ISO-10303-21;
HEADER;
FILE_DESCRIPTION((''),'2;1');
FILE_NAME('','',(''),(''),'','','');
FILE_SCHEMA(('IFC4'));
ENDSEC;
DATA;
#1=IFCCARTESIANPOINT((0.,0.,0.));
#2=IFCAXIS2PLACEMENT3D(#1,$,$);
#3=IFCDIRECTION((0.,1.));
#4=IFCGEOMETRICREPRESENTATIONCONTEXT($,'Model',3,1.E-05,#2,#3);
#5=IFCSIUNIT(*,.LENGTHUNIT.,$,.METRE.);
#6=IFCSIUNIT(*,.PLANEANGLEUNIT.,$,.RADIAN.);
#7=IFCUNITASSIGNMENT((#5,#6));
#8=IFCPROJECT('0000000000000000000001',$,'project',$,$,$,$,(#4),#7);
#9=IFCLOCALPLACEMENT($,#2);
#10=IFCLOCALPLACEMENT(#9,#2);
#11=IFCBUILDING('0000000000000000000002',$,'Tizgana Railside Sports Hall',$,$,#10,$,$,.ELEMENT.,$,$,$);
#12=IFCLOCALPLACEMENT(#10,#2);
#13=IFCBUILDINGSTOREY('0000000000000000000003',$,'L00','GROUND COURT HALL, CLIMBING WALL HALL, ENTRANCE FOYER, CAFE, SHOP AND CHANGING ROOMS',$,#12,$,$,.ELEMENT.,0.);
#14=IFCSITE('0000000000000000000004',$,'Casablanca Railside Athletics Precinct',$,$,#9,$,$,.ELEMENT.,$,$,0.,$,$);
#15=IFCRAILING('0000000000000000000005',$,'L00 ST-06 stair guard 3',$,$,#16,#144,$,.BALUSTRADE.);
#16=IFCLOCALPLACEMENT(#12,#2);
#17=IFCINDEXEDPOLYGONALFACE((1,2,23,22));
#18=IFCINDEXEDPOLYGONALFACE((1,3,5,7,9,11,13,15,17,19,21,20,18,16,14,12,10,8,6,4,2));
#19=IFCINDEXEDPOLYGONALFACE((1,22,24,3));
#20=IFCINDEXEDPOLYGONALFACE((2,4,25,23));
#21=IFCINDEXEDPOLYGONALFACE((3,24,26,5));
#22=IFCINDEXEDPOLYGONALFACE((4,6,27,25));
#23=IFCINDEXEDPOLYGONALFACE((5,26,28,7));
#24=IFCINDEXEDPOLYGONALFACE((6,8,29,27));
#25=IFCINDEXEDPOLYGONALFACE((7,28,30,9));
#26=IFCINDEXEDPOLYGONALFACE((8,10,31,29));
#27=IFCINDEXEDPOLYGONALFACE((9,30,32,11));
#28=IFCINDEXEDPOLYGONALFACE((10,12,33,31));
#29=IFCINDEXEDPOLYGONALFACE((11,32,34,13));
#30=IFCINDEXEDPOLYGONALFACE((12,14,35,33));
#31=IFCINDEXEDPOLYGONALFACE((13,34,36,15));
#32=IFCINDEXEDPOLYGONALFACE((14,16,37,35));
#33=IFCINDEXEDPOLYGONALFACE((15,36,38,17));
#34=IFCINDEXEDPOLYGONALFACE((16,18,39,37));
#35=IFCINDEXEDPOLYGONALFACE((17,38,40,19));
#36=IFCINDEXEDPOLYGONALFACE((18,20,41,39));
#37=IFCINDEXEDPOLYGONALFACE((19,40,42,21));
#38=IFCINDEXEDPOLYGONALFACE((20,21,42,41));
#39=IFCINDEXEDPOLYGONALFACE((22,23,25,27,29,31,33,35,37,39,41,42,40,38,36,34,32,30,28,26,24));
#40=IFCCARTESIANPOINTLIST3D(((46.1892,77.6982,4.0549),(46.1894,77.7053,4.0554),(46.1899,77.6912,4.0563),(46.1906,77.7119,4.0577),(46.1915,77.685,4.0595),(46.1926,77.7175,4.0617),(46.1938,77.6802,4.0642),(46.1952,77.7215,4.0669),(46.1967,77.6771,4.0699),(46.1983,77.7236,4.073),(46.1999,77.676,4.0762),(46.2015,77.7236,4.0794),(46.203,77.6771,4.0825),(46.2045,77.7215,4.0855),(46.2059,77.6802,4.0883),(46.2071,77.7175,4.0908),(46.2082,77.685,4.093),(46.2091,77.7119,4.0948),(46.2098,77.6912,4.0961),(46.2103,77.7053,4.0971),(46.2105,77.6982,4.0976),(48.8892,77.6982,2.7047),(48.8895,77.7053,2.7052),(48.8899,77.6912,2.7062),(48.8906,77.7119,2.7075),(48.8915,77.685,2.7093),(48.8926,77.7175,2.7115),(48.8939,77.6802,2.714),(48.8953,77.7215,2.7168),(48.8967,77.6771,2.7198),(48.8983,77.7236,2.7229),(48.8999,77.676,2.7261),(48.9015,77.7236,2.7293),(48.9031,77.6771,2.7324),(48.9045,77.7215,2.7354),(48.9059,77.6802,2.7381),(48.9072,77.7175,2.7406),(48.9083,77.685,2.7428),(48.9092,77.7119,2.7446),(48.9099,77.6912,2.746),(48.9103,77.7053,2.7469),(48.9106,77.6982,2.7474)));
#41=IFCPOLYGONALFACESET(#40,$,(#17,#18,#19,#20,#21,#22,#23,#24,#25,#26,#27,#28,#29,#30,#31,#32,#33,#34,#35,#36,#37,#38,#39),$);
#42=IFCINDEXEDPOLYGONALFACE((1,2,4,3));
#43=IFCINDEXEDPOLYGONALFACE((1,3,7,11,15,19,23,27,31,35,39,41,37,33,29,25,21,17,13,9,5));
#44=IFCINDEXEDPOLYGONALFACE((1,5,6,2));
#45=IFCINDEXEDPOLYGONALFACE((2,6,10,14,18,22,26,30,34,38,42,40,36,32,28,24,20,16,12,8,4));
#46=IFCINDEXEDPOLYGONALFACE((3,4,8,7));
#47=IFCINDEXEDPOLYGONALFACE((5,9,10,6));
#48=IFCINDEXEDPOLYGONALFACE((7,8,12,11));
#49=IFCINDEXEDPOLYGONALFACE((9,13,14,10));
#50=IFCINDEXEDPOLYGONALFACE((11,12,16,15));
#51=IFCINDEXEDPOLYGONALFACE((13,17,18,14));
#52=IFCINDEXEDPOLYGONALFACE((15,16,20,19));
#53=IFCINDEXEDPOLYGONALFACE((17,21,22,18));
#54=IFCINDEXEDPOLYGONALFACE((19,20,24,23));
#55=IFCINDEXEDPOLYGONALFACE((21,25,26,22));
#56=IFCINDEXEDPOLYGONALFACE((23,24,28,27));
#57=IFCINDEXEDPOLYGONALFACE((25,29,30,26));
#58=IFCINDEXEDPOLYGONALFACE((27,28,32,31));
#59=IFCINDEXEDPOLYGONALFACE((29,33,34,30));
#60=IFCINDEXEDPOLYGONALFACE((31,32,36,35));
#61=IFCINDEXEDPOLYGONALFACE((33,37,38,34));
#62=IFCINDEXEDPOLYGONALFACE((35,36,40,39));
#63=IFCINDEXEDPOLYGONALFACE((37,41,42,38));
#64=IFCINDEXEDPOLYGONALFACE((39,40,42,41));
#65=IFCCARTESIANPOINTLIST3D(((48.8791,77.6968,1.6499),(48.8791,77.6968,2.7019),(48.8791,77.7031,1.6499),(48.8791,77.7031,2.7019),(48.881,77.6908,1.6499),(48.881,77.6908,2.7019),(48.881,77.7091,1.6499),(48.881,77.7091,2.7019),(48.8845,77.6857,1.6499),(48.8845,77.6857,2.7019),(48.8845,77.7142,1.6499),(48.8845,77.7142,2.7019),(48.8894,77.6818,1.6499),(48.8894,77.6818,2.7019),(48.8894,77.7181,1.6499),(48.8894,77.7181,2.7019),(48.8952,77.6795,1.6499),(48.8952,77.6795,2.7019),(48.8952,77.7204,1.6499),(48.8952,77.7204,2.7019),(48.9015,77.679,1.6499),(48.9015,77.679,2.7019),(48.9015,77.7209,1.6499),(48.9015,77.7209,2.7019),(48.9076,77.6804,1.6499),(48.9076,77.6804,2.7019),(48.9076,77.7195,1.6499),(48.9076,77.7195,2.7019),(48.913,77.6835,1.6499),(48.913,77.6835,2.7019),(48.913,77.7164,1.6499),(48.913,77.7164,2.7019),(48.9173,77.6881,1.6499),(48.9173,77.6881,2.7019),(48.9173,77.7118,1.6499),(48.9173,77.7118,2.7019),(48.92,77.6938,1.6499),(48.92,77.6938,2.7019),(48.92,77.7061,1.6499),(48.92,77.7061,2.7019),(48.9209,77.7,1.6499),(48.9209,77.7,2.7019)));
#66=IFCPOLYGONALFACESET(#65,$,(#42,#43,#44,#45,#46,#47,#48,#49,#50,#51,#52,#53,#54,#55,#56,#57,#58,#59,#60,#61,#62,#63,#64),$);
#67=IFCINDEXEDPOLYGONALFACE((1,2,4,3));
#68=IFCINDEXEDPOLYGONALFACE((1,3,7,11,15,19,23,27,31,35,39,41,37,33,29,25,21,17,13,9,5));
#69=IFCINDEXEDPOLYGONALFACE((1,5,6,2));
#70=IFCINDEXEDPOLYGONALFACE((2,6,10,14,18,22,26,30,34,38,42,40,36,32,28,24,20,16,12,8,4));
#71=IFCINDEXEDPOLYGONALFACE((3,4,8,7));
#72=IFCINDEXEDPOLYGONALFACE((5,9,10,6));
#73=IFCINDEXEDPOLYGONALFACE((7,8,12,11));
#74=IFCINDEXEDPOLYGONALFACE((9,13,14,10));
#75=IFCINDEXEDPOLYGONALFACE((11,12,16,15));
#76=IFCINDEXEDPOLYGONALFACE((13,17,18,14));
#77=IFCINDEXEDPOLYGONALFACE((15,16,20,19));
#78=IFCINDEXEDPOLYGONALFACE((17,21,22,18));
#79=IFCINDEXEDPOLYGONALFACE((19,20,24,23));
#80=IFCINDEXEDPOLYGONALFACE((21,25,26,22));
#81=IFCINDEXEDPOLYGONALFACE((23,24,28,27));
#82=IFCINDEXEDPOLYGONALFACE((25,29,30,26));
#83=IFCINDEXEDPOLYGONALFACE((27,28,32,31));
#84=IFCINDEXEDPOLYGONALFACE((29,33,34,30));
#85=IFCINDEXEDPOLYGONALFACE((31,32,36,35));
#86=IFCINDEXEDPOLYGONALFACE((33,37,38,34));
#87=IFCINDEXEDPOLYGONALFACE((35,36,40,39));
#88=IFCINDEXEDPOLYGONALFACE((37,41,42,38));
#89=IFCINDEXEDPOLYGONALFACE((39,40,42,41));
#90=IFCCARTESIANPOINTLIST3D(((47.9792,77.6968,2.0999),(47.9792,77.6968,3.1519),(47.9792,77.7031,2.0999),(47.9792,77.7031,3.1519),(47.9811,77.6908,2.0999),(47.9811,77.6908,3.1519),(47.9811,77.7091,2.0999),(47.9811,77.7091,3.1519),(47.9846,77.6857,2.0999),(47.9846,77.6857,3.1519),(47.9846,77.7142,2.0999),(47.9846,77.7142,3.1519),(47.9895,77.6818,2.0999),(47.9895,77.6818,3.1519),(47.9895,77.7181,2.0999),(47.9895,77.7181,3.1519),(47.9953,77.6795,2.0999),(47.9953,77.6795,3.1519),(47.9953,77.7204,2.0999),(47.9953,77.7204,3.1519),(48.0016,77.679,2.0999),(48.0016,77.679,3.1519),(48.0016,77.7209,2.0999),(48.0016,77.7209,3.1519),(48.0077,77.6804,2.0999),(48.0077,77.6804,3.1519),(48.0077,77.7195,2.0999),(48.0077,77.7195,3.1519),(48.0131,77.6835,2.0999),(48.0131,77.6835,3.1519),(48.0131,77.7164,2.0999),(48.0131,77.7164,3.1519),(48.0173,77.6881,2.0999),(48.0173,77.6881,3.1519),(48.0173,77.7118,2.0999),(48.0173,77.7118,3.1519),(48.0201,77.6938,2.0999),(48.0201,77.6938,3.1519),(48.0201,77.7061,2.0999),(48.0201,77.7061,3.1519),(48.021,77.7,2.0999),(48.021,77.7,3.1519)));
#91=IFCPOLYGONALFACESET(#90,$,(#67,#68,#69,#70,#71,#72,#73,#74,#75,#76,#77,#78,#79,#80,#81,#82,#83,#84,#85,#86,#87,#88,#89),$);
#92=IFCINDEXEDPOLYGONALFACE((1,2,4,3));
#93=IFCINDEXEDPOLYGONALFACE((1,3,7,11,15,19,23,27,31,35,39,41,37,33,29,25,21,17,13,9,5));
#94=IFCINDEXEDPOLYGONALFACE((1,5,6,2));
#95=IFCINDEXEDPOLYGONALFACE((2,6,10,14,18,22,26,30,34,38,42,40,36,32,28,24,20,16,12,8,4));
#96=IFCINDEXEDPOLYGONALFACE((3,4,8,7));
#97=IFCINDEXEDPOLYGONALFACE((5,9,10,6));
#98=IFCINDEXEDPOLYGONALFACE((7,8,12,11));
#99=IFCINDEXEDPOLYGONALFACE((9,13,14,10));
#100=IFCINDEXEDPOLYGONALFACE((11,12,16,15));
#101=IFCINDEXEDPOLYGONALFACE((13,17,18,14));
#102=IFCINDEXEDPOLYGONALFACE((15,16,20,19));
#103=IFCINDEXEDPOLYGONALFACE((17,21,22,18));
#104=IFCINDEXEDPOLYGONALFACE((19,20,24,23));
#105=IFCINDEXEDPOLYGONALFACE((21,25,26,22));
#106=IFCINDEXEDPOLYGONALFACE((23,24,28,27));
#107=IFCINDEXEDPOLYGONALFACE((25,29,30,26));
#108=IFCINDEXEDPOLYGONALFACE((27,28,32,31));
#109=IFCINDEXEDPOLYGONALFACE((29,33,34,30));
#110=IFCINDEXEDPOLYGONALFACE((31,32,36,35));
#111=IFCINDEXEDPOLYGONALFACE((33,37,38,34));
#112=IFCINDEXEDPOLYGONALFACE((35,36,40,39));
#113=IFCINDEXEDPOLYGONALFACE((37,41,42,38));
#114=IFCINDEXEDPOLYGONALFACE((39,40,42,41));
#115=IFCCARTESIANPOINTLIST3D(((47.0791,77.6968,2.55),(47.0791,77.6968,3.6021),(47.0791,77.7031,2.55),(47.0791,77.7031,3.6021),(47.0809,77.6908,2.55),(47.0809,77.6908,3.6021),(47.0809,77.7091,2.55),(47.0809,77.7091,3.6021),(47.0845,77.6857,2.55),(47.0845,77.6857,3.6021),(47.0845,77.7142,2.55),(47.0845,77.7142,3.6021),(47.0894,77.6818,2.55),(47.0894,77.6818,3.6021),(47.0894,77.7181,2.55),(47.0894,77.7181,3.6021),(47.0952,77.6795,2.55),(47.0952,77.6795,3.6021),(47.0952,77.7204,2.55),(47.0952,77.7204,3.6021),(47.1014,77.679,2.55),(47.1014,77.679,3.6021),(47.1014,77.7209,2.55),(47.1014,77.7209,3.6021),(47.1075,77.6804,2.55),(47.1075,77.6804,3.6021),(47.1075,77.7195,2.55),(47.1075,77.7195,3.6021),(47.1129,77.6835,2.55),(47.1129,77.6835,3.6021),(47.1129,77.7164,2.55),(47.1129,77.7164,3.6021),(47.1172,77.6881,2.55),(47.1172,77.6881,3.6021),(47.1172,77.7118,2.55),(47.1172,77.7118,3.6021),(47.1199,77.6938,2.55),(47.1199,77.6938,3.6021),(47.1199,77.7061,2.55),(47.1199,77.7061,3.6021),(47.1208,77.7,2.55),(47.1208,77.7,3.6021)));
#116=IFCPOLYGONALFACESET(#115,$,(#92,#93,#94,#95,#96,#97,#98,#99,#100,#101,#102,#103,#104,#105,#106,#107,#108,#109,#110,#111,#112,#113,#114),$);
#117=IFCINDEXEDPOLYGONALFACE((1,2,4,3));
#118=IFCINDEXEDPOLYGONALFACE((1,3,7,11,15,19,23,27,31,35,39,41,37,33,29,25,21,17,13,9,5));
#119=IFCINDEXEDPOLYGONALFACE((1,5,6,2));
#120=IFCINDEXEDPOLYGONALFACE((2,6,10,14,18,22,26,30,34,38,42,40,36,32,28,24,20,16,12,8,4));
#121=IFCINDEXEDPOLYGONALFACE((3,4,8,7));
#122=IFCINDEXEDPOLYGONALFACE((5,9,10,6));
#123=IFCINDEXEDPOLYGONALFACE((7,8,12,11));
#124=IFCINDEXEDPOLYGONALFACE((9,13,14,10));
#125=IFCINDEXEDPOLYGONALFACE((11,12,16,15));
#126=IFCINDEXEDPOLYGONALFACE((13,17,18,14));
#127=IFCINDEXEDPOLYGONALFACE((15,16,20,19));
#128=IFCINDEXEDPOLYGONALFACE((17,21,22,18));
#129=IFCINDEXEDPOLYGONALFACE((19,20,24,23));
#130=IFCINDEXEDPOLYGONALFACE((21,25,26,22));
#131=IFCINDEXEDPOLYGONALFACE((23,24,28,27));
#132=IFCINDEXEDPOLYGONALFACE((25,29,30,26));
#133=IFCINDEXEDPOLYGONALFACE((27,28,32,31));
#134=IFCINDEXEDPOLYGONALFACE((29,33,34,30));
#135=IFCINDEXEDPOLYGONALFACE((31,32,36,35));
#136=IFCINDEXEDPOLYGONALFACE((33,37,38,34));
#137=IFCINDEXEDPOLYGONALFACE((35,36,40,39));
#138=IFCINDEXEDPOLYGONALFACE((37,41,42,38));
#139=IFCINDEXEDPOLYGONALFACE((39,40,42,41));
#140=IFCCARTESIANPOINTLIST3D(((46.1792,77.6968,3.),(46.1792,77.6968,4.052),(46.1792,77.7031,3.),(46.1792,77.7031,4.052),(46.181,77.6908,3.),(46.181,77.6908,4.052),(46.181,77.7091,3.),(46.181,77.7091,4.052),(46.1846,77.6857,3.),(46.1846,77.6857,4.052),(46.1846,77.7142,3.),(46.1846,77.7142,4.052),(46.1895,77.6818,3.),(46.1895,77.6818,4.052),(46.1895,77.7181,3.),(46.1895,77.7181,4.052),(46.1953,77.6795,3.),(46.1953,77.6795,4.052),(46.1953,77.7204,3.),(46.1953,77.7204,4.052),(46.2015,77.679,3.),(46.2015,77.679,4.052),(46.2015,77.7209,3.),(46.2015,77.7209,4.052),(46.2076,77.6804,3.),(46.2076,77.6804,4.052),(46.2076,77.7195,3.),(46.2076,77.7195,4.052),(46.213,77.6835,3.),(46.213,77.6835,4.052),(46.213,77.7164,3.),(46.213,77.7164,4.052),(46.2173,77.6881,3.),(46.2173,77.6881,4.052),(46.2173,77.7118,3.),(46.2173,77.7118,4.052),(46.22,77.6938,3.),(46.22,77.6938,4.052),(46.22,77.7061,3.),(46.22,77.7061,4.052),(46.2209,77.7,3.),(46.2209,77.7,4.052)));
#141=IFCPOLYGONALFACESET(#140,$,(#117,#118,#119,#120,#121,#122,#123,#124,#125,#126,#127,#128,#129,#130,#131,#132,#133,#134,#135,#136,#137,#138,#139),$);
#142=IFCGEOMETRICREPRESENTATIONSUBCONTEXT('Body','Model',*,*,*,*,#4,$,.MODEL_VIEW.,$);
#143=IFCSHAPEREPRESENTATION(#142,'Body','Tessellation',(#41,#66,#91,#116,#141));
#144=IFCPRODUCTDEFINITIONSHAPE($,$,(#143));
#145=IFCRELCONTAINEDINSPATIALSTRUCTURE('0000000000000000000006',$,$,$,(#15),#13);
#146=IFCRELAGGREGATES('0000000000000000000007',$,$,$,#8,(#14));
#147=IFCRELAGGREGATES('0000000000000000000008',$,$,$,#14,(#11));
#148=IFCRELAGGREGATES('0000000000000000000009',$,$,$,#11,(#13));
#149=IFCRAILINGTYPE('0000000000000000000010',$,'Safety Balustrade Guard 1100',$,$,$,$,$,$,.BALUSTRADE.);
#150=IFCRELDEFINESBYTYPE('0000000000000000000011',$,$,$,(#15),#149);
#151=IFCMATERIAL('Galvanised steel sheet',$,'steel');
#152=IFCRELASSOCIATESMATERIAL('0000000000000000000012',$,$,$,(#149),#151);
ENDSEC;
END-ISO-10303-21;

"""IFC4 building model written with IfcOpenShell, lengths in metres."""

from ifc_helpers import new_model, si_unit, direction, frame, origin, origin_2d, place, context, subcontext, project, spatial, circle, extrude, material, type_object, element, save


model = new_model("IFC4")

# Units and contexts
model_context = context("Model", 3, precision=1e-05, world=origin(), true_north=direction((0.0, 1.0)))
body_context = subcontext(model_context, "Body", "Model", "MODEL_VIEW")
ifc_project = project(units=[si_unit("LENGTHUNIT", "METRE"), si_unit("PLANEANGLEUNIT", "RADIAN")], contexts=[model_context])

# Site, building, storey
site_placement = place(None, origin())
site = spatial("IfcSite", under=ifc_project, at=site_placement, Name="Casablanca Railside Athletics Precinct", CompositionType="ELEMENT", RefElevation=0.0)
building_placement = place(site_placement, origin())
building = spatial("IfcBuilding", under=site, at=building_placement, Name="Tizgana Railside Sports Hall", CompositionType="ELEMENT")
storey_placement = place(building_placement, origin())
storey = spatial("IfcBuildingStorey", under=building, at=storey_placement, Name="L00", Description="GROUND COURT HALL, CLIMBING WALL HALL, ENTRANCE FOYER, CAFE, SHOP AND CHANGING ROOMS", CompositionType="ELEMENT", Elevation=0.0)

# Shared definitions
ifc_material_1 = material(Name="Galvanised steel sheet", Category="steel")

# Railing
railing_type_1 = type_object("IfcRailingType", Name="Safety Balustrade Guard 1100", PredefinedType="BALUSTRADE", material=ifc_material_1)
railing_1_placement = place(storey_placement, frame((48.8999, 77.7, 1.6499)))
element("IfcRailing", 1, at=railing_1_placement, inside=storey, type_object=railing_type_1, Name="L00 ST-06 stair guard 3", PredefinedType="BALUSTRADE", context=body_context, shape_type="SweptSolid", body=[
    extrude(circle(Radius=0.0239, at=origin_2d()), frame((0.0, 0.0, 1.0762), z_axis=(-0.894411, 0.0, 0.447246), x_axis=(0.0, -1.0, 0.0)), (0.0, 0.0, 1.0), 3.0188),
    extrude(circle(Radius=0.021, at=origin_2d()), origin(), (0.0, 0.0, 1.0), 1.052),
    extrude(circle(Radius=0.021, at=origin_2d()), frame((-0.8999, 0.0, 0.45)), (0.0, 0.0, 1.0), 1.052),
    extrude(circle(Radius=0.021, at=origin_2d()), frame((-1.8, 0.0, 0.9001)), (0.0, 0.0, 1.0), 1.052),
    extrude(circle(Radius=0.021, at=origin_2d()), frame((-2.7, 0.0, 1.3501)), (0.0, 0.0, 1.0), 1.052),
])

save(model, "model.ifc")
